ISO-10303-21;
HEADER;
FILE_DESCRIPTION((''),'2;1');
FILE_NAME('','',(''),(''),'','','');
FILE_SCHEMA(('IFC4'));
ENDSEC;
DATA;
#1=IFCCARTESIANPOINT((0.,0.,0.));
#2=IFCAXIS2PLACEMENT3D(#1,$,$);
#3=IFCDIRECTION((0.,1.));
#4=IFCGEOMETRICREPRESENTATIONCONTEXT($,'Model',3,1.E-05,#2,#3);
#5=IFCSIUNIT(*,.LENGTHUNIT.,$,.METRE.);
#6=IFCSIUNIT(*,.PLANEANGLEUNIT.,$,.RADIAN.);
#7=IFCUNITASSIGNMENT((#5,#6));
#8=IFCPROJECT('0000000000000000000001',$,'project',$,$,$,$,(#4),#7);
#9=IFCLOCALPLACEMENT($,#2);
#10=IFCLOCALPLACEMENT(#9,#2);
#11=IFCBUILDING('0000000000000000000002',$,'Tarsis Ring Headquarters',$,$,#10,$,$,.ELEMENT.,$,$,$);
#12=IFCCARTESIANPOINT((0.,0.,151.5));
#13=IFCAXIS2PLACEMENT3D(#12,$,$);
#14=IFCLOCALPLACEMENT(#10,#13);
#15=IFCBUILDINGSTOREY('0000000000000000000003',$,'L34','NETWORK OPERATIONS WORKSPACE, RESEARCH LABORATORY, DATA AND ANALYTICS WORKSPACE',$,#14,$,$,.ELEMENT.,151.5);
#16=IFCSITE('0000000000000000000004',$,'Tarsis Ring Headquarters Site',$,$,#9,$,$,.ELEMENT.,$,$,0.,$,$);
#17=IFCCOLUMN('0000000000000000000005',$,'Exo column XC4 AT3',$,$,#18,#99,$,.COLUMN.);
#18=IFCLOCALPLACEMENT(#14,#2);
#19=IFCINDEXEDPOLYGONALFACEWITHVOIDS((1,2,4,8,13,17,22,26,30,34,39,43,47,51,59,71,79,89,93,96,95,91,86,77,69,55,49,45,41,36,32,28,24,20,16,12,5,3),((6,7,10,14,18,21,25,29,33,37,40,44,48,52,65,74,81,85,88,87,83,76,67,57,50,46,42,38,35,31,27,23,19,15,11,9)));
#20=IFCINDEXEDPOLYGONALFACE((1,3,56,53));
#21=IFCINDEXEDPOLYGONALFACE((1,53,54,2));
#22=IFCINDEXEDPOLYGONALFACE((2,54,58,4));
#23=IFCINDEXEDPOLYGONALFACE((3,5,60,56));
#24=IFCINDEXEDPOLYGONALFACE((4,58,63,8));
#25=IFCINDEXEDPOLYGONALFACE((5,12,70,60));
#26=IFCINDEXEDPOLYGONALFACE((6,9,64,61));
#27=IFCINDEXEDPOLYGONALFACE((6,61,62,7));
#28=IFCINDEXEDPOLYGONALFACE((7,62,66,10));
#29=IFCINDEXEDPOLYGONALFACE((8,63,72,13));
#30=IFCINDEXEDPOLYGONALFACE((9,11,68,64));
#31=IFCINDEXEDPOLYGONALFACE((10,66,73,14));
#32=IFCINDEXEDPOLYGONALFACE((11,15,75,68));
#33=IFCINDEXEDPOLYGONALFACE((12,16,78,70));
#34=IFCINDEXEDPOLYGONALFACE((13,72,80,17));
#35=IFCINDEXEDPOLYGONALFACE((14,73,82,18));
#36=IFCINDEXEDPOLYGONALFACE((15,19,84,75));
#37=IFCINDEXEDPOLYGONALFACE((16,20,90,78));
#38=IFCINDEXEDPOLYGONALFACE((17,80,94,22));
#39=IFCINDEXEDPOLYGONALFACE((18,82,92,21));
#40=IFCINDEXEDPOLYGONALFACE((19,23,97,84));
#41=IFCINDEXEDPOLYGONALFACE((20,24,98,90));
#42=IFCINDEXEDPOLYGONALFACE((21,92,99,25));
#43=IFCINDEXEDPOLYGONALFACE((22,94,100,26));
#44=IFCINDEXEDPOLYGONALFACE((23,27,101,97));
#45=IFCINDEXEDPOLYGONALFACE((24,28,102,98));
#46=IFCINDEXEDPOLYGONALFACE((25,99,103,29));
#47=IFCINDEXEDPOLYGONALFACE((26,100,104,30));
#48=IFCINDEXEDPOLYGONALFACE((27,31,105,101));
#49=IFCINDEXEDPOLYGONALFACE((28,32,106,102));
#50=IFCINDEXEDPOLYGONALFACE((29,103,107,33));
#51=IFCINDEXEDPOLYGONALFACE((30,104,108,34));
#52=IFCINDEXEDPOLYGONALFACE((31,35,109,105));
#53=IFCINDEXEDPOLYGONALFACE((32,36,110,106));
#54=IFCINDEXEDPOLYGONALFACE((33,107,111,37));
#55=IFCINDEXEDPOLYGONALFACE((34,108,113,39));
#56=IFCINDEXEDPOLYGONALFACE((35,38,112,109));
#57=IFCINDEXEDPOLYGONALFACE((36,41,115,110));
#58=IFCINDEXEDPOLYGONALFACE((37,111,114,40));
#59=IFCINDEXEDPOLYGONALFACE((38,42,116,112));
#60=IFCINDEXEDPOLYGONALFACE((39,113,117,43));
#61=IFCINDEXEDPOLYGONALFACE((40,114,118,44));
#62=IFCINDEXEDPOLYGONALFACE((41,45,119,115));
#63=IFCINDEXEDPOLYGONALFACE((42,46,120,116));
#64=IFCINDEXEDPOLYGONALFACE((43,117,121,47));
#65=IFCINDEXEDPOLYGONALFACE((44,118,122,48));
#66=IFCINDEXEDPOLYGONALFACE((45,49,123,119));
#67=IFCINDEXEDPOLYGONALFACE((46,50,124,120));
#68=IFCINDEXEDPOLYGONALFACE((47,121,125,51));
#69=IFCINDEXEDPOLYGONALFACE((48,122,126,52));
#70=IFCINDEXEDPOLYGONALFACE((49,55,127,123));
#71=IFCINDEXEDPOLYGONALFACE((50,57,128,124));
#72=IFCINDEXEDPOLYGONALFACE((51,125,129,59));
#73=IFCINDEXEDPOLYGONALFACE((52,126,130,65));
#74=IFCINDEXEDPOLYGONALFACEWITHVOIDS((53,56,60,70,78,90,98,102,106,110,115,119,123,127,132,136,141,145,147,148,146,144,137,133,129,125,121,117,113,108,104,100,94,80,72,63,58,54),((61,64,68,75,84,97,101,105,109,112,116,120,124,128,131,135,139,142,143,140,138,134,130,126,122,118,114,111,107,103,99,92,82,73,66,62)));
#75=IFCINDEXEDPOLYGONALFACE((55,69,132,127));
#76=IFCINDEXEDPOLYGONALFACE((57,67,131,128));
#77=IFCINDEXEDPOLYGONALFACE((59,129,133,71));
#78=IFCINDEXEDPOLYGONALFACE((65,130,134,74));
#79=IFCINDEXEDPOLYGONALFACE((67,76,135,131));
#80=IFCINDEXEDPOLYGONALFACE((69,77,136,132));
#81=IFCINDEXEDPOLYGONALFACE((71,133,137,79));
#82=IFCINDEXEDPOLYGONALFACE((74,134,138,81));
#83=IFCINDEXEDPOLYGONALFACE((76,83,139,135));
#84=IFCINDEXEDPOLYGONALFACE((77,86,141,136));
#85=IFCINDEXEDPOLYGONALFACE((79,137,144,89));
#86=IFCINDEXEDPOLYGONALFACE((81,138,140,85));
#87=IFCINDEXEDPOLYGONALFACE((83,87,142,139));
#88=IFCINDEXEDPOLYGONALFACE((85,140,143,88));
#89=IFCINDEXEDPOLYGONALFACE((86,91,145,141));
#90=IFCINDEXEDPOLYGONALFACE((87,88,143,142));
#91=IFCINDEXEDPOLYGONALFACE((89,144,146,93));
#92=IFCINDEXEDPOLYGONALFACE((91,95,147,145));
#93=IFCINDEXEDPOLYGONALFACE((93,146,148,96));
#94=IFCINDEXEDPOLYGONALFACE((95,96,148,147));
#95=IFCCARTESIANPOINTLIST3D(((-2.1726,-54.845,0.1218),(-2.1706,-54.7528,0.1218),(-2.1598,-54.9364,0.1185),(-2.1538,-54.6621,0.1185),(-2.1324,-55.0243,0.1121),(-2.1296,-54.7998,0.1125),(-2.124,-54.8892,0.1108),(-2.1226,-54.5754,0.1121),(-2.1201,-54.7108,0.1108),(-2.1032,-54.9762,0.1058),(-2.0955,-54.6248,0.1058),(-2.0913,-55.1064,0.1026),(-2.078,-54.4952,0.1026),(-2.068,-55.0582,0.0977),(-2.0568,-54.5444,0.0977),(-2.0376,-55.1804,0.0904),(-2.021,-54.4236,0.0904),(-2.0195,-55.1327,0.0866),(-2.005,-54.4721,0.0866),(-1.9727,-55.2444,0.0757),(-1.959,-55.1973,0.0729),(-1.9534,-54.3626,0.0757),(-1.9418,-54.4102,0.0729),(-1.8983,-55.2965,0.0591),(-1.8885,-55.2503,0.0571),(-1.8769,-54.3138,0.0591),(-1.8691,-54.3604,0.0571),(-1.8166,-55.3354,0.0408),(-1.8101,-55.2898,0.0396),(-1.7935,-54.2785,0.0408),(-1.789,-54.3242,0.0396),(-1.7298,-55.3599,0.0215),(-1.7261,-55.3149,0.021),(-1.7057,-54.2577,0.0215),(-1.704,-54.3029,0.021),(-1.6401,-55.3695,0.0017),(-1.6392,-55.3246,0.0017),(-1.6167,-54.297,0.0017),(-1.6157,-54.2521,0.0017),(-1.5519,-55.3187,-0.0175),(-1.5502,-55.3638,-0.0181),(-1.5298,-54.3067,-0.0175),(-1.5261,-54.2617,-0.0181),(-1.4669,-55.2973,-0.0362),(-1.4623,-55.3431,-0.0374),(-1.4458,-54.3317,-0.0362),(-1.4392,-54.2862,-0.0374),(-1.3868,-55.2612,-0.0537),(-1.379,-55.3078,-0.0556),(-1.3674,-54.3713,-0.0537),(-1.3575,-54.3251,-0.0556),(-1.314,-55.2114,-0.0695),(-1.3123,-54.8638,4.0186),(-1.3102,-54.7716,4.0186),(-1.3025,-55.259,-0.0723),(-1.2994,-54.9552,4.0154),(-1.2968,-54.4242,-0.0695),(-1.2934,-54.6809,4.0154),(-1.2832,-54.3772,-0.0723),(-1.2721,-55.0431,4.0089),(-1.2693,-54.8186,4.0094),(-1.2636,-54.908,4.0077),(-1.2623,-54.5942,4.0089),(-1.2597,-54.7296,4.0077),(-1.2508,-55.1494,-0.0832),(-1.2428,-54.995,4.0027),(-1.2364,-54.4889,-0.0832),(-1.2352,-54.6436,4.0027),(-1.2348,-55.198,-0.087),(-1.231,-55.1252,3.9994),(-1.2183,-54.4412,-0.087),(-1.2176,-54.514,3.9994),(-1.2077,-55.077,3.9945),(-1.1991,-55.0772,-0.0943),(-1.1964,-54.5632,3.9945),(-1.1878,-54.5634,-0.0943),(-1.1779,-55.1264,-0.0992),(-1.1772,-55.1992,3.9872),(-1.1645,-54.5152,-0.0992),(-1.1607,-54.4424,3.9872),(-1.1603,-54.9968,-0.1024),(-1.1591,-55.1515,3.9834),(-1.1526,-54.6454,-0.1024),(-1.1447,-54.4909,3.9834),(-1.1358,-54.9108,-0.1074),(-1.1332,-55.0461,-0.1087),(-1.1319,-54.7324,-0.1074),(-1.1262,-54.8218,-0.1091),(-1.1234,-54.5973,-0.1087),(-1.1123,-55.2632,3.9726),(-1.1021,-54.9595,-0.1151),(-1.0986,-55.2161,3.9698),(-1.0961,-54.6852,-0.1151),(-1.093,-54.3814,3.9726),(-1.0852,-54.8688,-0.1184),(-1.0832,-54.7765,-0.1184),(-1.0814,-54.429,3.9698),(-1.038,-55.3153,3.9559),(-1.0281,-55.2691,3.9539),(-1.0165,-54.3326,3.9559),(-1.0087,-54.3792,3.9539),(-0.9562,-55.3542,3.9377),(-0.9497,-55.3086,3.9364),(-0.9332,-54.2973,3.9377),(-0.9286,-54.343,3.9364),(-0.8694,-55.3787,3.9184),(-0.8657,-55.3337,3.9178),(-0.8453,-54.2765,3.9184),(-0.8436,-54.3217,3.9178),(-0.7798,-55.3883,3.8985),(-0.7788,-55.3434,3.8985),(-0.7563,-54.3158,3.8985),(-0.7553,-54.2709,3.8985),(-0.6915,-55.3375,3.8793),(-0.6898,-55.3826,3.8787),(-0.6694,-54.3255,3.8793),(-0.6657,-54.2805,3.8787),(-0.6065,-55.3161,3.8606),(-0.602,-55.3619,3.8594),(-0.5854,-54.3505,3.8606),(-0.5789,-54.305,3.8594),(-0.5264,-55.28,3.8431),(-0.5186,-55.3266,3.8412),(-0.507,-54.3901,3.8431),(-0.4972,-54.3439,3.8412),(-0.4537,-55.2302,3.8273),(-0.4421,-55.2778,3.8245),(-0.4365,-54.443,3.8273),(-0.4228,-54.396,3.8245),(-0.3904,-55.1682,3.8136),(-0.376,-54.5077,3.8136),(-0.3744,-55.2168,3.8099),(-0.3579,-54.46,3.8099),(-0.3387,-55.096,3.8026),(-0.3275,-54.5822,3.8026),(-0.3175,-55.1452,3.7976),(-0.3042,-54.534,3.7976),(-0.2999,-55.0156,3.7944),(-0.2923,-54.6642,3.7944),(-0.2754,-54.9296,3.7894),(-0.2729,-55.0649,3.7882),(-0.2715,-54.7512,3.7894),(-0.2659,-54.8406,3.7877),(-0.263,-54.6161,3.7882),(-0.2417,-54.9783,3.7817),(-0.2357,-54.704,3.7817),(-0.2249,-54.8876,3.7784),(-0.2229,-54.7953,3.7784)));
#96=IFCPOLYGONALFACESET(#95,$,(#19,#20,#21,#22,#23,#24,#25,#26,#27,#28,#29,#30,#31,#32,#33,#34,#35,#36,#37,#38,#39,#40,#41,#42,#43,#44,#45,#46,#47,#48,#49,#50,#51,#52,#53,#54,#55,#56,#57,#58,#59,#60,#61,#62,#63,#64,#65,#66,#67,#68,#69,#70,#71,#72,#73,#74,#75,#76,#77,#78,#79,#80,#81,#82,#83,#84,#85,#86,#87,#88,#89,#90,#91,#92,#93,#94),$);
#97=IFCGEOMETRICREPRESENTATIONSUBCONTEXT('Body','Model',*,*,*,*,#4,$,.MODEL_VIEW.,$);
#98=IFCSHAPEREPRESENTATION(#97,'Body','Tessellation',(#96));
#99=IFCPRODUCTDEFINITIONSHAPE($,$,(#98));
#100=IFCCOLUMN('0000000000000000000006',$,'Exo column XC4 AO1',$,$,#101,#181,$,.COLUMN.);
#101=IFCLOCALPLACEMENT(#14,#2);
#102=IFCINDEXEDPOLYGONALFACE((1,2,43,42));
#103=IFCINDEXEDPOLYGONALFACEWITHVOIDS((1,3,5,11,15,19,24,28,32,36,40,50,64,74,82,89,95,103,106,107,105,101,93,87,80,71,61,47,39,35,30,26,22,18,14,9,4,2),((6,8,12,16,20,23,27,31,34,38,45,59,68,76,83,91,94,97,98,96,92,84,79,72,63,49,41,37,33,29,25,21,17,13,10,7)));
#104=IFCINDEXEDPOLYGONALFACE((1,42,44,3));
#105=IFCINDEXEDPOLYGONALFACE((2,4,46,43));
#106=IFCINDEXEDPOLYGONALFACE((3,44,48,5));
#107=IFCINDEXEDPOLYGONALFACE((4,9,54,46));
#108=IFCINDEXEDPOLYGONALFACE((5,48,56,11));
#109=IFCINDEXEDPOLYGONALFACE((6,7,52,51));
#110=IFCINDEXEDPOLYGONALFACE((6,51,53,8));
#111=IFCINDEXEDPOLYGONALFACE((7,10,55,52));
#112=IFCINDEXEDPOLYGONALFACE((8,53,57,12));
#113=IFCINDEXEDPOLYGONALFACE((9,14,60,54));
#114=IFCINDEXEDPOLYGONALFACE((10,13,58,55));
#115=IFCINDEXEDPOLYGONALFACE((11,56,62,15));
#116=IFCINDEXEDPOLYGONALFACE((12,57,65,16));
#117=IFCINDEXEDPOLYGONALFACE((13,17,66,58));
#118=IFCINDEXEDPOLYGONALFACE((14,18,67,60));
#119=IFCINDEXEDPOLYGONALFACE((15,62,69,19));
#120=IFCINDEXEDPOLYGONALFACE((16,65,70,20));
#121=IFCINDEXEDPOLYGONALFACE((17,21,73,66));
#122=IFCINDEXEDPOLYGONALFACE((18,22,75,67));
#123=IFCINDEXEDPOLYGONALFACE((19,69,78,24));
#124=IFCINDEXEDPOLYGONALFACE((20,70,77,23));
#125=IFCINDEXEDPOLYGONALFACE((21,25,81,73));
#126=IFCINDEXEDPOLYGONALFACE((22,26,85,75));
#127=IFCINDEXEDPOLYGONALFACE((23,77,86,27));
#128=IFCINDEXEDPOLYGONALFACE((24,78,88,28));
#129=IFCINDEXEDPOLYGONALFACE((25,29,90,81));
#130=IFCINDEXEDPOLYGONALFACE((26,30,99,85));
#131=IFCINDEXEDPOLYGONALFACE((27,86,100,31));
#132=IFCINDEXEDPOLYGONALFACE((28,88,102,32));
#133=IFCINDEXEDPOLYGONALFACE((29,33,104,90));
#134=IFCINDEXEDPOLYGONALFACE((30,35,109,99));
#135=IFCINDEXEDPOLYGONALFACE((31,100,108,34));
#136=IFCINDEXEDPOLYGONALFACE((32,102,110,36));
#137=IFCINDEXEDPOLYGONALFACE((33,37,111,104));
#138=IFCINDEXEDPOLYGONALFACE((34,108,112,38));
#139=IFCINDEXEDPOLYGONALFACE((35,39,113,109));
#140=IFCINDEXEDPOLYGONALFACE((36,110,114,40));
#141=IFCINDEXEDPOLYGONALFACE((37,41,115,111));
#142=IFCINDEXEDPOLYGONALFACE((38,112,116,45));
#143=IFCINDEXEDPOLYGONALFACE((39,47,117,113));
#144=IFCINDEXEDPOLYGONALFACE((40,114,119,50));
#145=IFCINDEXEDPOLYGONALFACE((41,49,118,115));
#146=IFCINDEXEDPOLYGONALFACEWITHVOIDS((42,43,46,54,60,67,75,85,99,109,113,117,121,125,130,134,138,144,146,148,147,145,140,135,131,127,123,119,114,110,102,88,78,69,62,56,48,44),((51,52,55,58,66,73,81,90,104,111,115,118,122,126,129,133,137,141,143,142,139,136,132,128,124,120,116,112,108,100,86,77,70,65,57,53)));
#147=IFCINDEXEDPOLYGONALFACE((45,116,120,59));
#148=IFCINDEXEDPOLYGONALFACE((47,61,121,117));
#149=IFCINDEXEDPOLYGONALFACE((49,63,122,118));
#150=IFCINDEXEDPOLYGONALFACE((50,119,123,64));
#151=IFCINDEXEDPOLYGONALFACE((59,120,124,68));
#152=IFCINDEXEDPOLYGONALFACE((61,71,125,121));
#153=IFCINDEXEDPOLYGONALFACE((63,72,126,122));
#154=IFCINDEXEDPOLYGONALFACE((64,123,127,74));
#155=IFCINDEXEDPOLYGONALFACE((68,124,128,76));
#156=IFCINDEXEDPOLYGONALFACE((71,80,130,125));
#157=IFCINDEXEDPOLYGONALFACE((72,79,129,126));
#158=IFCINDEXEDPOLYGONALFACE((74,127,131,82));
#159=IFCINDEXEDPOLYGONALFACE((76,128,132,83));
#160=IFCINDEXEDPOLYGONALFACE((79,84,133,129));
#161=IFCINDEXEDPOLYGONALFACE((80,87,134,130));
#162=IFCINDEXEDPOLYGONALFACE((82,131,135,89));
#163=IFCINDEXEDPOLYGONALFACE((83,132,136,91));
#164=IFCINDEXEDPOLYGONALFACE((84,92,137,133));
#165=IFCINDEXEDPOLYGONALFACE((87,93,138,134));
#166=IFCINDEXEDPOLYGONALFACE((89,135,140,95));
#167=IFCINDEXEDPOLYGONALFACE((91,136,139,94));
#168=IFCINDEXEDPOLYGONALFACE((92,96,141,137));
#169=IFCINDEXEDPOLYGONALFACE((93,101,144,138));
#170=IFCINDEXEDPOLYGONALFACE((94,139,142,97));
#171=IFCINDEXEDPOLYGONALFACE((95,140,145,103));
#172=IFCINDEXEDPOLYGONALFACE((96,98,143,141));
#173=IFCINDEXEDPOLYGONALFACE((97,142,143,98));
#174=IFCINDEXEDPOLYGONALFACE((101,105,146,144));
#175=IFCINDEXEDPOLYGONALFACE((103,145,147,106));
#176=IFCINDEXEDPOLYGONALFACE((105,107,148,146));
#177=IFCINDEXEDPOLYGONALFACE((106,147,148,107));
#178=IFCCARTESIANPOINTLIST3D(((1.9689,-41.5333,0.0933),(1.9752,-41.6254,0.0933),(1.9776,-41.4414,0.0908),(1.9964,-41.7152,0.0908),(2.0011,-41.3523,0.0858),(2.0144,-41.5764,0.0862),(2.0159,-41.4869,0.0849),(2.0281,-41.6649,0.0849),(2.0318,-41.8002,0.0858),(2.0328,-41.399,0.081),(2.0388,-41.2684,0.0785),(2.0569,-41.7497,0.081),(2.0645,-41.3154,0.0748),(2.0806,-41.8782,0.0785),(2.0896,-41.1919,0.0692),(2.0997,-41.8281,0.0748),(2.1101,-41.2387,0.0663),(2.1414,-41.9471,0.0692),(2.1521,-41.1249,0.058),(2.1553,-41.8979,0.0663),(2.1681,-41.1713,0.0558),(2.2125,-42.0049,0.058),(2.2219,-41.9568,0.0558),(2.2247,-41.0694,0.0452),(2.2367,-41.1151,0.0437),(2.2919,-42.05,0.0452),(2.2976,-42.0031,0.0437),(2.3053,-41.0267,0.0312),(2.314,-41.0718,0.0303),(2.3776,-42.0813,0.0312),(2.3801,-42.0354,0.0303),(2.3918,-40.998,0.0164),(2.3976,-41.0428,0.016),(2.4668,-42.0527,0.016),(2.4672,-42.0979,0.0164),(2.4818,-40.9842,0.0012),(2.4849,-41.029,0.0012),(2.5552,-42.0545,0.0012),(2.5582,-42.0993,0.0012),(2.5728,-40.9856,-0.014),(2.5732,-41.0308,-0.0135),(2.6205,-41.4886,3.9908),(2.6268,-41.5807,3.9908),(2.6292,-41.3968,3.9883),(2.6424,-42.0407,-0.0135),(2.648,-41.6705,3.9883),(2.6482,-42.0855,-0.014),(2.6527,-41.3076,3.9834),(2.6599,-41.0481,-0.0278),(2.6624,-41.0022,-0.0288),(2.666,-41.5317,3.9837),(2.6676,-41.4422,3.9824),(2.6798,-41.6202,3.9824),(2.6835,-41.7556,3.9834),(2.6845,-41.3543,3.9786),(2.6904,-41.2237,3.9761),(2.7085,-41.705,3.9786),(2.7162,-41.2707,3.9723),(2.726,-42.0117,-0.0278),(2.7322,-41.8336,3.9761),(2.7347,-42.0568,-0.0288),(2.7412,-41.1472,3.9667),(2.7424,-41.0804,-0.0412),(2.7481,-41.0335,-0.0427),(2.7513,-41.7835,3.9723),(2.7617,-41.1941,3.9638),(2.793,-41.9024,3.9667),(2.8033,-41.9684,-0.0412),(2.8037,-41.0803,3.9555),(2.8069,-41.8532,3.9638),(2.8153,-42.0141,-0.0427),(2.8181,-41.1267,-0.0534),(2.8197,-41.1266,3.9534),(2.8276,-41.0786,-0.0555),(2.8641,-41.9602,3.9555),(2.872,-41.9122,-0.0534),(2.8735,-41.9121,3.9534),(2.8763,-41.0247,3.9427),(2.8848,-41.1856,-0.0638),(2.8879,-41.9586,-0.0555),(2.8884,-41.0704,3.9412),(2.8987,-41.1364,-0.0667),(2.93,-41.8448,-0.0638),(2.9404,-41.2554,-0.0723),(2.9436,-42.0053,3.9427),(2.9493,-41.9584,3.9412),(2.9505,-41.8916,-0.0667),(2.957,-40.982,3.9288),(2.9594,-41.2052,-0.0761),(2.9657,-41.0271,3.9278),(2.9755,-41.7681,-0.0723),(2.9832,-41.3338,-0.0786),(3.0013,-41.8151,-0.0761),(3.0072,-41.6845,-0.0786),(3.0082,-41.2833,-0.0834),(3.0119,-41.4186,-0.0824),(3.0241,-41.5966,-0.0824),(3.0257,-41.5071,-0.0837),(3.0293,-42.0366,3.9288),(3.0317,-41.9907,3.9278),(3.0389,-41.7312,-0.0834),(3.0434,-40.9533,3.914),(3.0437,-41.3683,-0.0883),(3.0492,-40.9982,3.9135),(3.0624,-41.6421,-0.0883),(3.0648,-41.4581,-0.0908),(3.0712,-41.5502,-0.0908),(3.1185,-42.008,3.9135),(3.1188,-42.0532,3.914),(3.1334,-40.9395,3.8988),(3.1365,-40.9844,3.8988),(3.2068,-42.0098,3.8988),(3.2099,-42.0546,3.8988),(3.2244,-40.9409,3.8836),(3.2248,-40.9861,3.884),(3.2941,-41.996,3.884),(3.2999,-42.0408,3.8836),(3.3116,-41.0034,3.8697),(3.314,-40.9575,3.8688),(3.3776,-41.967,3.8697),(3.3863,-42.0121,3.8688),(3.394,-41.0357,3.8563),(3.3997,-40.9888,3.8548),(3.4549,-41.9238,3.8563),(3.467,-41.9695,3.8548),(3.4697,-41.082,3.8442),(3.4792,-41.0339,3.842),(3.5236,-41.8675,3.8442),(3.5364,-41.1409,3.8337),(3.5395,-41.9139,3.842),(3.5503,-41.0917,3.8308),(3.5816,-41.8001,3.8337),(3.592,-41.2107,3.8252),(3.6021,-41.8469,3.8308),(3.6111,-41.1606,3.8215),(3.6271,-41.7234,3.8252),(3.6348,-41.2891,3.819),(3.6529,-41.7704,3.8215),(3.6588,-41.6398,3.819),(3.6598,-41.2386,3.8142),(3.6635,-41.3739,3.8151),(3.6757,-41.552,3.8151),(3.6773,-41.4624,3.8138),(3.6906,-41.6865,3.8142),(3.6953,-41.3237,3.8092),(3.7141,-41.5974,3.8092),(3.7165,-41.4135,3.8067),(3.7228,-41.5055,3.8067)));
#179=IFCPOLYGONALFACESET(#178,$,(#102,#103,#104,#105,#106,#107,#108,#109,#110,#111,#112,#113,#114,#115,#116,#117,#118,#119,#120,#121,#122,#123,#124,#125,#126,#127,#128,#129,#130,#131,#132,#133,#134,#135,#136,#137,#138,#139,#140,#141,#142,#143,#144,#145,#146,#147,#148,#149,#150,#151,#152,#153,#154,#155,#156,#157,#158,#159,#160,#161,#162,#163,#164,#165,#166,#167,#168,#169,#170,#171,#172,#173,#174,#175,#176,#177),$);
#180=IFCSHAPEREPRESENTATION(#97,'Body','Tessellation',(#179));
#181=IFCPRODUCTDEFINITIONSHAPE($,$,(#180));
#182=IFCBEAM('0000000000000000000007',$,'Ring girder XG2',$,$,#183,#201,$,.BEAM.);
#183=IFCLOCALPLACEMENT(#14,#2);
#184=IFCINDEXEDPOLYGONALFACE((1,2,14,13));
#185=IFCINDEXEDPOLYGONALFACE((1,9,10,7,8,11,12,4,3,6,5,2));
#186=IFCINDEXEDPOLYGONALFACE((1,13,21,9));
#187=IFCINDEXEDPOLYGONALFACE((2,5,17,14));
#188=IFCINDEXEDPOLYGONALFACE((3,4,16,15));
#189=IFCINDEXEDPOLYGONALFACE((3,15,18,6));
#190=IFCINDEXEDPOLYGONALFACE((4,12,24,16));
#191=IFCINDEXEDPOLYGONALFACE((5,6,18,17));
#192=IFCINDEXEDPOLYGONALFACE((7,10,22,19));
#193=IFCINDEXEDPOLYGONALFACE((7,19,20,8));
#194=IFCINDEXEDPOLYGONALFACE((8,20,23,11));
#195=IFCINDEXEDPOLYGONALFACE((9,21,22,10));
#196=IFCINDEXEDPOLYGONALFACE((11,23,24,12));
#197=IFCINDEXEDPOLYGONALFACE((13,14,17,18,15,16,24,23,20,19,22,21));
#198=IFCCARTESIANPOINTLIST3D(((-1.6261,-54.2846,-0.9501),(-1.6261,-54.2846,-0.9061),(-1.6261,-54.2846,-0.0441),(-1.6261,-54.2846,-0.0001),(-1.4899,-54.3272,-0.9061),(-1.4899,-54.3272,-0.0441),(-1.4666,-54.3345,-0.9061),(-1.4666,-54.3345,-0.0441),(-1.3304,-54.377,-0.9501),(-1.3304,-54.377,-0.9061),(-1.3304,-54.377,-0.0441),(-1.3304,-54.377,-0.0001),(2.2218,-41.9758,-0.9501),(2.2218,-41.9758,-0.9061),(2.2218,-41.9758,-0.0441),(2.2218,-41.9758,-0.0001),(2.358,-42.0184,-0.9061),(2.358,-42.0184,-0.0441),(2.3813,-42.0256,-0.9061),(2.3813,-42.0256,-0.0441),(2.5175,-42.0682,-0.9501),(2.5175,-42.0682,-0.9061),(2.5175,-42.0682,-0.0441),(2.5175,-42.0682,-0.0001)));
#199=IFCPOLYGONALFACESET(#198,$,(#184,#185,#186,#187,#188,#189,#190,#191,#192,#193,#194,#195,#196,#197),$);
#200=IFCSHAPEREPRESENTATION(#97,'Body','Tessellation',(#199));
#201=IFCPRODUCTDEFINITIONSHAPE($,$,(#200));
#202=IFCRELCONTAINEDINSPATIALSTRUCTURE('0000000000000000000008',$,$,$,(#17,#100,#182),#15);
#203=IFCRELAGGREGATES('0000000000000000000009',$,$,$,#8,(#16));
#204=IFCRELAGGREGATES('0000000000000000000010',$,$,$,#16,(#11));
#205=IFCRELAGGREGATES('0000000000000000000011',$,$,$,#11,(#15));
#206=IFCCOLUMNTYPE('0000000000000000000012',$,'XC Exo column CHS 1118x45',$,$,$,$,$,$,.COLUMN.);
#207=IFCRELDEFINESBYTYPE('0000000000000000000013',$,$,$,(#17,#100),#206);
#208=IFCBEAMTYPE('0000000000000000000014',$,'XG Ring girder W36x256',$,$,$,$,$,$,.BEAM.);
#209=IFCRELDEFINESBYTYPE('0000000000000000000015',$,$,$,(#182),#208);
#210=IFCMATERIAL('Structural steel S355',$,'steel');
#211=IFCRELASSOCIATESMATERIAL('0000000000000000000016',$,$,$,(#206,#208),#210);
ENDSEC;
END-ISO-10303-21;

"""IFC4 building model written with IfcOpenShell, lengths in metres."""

from ifc_helpers import new_model, si_unit, direction, frame, origin, origin_2d, place, context, subcontext, project, spatial, hollow_circle, i_section, extrude, material, material_profile, profile_set, type_object, element, save


model = new_model("IFC4")

# Units and contexts
model_context = context("Model", 3, precision=1e-05, world=origin(), true_north=direction((0.0, 1.0)))
body_context = subcontext(model_context, "Body", "Model", "MODEL_VIEW")
ifc_project = project(units=[si_unit("LENGTHUNIT", "METRE"), si_unit("PLANEANGLEUNIT", "RADIAN")], contexts=[model_context])

# Site, building, storey
site_placement = place(None, origin())
site = spatial("IfcSite", under=ifc_project, at=site_placement, Name="Tarsis Ring Headquarters Site", CompositionType="ELEMENT", RefElevation=0.0)
building_placement = place(site_placement, origin())
building = spatial("IfcBuilding", under=site, at=building_placement, Name="Tarsis Ring Headquarters", CompositionType="ELEMENT")
storey_placement = place(building_placement, frame((0.0, 0.0, 151.5)))
storey = spatial("IfcBuildingStorey", under=building, at=storey_placement, Name="L34", Description="NETWORK OPERATIONS WORKSPACE, RESEARCH LABORATORY, DATA AND ANALYTICS WORKSPACE", CompositionType="ELEMENT", Elevation=151.5)

# Columns
ifc_material_1 = material(Name="Structural steel S355", Category="steel")
ifc_material_profile_1 = material_profile(ifc_material_1, hollow_circle(Radius=0.5588, WallThickness=0.0449, at=origin_2d()), Name="CHS 1118x45")
ifc_profile_set_1 = profile_set([ifc_material_profile_1], Name="Structural steel S355")
column_type = type_object("IfcColumnType", Name="XC Exo column CHS 1118x45", PredefinedType="COLUMN", material=ifc_profile_set_1)
column_1_placement = place(storey_placement, frame((-1.6279, -54.8108, 0.0017), z_axis=(0.215593, -0.004711, 0.976472), x_axis=(0.021845, 0.999761, 0.0)))
element("IfcColumn", 1, at=column_1_placement, inside=storey, type_object=column_type, Name="Exo column XC4 AT3", PredefinedType="COLUMN", context=body_context, shape_type="SweptSolid", body=[
    extrude(hollow_circle(Radius=0.5588, WallThickness=0.0449, at=origin_2d()), origin(), (0.0, 0.0, 1.0), 3.9907),
])
column_2_placement = place(storey_placement, frame((2.52, -41.5417, 0.0012), z_axis=(0.164889, 0.011306, 0.986247), x_axis=(-0.068404, 0.997658, 0.0)))
element("IfcColumn", 2, at=column_2_placement, inside=storey, type_object=column_type, Name="Exo column XC4 AO1", PredefinedType="COLUMN", context=body_context, shape_type="SweptSolid", body=[
    extrude(hollow_circle(Radius=0.5588, WallThickness=0.0449, at=origin_2d()), origin(), (0.0, 0.0, 1.0), 3.9519),
])

# Beam
ifc_material_profile_2 = material_profile(ifc_material_1, i_section(OverallWidth=0.3098, OverallDepth=0.95, WebThickness=0.0244, FlangeThickness=0.0439, at=origin_2d()), Name="W36x256")
ifc_profile_set_2 = profile_set([ifc_material_profile_2], Name="Structural steel S355")
beam_type = type_object("IfcBeamType", Name="XG Ring girder W36x256", PredefinedType="BEAM", material=ifc_profile_set_2)
for number, where, z_axis, x_axis, name in (
    (3, (-1.4783, -54.3308, -0.4751), (0.298373, 0.954449, 0.0), (-0.954449, 0.298373, 0.0), "Ring girder XG2"),
):
    element("IfcBeam", number, at=place(storey_placement, frame(where, z_axis=z_axis, x_axis=x_axis)), inside=storey, type_object=beam_type, Name=name, PredefinedType="BEAM", context=body_context, shape_type="SweptSolid", body=[
        extrude(i_section(OverallWidth=0.3098, OverallDepth=0.95, WebThickness=0.0244, FlangeThickness=0.0439, at=origin_2d()), origin(), (0.0, 0.0, 1.0), 12.8962),
    ])

save(model, "model.ifc")
